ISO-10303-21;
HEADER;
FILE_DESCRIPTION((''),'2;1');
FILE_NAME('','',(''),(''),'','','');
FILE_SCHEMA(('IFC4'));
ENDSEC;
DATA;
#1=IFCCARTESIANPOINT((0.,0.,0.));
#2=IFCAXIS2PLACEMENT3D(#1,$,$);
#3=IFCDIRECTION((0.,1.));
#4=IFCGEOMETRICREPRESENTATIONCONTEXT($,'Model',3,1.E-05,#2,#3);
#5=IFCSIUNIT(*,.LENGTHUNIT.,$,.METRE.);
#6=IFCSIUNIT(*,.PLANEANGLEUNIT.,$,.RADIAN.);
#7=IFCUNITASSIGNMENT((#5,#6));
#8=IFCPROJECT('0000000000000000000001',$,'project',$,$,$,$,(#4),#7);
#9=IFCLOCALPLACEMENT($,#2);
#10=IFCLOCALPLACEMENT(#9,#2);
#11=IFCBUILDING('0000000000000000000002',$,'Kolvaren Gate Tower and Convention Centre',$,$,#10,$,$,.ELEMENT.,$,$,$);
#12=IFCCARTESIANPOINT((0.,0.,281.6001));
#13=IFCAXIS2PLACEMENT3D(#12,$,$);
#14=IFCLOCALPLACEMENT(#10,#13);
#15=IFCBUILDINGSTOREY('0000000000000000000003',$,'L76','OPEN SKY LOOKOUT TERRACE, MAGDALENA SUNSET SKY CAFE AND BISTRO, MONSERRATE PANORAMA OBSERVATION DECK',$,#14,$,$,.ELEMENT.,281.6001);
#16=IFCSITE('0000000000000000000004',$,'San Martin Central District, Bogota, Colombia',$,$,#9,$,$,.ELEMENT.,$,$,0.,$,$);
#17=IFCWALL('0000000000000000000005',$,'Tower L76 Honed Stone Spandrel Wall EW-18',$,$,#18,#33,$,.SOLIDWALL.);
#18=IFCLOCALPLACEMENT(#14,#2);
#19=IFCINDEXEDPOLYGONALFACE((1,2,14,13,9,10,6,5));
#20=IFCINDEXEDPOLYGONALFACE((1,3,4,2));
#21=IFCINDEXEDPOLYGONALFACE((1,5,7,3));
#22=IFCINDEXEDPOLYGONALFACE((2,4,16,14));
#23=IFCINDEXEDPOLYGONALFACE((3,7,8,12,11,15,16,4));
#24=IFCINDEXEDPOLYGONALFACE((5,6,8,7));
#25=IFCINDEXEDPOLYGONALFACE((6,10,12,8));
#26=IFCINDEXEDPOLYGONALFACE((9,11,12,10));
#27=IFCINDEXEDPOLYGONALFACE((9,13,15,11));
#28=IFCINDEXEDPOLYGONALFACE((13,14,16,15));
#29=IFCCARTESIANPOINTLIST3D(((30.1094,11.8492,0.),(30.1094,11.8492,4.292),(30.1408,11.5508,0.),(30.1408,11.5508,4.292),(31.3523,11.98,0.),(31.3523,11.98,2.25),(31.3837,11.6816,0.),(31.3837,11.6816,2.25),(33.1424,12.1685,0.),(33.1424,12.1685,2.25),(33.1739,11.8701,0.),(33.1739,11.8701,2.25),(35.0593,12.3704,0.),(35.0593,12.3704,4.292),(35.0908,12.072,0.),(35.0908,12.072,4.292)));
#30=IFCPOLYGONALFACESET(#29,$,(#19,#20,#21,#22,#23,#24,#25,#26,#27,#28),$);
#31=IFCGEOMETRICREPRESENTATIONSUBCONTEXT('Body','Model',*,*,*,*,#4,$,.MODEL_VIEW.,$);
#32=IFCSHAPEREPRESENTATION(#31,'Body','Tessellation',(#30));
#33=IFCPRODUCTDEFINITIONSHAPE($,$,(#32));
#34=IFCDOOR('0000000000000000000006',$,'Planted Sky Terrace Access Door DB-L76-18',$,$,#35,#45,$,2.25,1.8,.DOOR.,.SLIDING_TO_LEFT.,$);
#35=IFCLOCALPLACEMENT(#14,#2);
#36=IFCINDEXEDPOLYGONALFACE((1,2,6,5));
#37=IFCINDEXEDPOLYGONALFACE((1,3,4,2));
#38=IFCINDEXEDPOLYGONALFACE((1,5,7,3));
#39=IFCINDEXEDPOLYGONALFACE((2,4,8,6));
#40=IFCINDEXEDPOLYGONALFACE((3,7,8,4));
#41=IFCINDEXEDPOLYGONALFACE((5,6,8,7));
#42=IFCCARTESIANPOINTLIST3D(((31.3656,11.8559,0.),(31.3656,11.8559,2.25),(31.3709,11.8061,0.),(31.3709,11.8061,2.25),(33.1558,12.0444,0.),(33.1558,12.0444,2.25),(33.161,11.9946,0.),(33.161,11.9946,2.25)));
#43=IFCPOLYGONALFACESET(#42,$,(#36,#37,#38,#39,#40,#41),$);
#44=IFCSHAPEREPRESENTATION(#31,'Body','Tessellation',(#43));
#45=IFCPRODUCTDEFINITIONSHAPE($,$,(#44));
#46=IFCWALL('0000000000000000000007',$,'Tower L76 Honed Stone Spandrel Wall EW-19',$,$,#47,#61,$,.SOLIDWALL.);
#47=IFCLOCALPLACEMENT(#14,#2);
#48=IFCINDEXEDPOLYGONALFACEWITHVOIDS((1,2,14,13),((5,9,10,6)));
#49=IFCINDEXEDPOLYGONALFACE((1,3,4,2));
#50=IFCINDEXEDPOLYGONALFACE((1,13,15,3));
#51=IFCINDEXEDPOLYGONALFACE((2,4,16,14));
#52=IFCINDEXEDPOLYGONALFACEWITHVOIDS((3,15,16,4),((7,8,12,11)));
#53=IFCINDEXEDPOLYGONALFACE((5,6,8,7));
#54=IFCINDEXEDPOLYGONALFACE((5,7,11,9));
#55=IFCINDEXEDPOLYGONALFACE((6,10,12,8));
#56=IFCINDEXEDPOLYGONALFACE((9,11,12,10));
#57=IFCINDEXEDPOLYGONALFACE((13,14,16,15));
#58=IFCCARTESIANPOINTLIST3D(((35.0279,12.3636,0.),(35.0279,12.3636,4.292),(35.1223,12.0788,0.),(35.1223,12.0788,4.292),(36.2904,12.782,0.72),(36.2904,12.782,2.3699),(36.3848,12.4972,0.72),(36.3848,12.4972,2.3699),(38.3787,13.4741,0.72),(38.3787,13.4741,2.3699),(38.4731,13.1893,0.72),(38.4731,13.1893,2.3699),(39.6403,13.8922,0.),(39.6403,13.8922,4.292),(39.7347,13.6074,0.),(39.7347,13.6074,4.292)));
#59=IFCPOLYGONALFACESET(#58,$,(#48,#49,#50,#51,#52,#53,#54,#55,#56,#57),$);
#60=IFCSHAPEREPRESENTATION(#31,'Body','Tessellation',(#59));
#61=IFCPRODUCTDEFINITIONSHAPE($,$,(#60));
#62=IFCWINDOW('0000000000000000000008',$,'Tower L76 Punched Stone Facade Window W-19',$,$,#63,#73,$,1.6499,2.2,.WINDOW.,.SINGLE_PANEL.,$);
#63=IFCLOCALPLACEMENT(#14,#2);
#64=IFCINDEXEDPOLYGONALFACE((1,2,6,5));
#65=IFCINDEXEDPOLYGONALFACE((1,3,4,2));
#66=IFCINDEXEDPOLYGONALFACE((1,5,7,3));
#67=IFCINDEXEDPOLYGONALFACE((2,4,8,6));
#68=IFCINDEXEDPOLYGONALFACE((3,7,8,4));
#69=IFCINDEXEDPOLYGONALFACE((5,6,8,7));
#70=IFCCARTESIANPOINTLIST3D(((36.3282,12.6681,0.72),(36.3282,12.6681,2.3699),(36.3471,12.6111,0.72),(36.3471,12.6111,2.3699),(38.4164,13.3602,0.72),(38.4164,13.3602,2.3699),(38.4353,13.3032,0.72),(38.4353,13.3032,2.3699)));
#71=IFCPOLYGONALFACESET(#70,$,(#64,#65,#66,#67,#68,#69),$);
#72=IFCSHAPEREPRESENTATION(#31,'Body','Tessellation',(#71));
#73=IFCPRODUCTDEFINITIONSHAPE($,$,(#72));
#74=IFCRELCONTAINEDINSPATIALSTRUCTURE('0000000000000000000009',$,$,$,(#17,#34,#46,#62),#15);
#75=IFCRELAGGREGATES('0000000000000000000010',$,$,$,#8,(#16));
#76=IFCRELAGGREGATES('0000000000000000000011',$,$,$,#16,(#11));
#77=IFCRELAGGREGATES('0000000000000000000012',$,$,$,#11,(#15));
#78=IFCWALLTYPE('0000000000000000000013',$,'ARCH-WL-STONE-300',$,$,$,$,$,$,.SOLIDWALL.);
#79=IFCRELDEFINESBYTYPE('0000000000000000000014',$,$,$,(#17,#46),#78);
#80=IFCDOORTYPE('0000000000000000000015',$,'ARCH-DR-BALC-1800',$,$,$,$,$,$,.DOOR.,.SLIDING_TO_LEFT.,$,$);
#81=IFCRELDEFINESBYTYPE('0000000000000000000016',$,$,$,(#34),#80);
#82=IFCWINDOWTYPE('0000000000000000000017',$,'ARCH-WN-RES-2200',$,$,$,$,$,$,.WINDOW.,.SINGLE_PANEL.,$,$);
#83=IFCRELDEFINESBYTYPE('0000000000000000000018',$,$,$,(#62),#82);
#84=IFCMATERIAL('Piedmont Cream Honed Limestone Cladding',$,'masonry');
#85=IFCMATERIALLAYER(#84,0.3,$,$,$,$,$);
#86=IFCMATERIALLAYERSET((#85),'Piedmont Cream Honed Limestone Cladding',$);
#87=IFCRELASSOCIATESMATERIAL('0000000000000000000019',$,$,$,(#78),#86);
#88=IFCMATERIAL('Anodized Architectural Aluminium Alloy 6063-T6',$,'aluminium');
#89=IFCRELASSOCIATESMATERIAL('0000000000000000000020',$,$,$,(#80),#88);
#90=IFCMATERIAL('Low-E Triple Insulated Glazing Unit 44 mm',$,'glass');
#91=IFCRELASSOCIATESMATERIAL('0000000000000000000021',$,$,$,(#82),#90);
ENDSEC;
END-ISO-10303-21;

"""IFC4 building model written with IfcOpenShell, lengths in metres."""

from ifc_helpers import new_model, si_unit, direction, frame, frame_2d, origin, place, context, subcontext, project, spatial, rectangle, extrude, material, layer, layer_set, type_object, element, fill, save


model = new_model("IFC4")

# Units and contexts
model_context = context("Model", 3, precision=1e-05, world=origin(), true_north=direction((0.0, 1.0)))
body_context = subcontext(model_context, "Body", "Model", "MODEL_VIEW")
ifc_project = project(units=[si_unit("LENGTHUNIT", "METRE"), si_unit("PLANEANGLEUNIT", "RADIAN")], contexts=[model_context])

# Site, building, storey
site_placement = place(None, origin())
site = spatial("IfcSite", under=ifc_project, at=site_placement, Name="San Martin Central District, Bogota, Colombia", CompositionType="ELEMENT", RefElevation=0.0)
building_placement = place(site_placement, origin())
building = spatial("IfcBuilding", under=site, at=building_placement, Name="Kolvaren Gate Tower and Convention Centre", CompositionType="ELEMENT")
storey_placement = place(building_placement, frame((0.0, 0.0, 281.6001)))
storey = spatial("IfcBuildingStorey", under=building, at=storey_placement, Name="L76", Description="OPEN SKY LOOKOUT TERRACE, MAGDALENA SUNSET SKY CAFE AND BISTRO, MONSERRATE PANORAMA OBSERVATION DECK", CompositionType="ELEMENT", Elevation=281.6001)

# Shared definitions
ifc_material_1 = material(Name="Piedmont Cream Honed Limestone Cladding", Category="masonry")

# Wall, opening, door
ifc_layer_1 = layer(ifc_material_1, 0.3)
ifc_layer_set_1 = layer_set([ifc_layer_1], Name="Piedmont Cream Honed Limestone Cladding")
wall_type_1 = type_object("IfcWallType", Name="ARCH-WL-STONE-300", PredefinedType="SOLIDWALL", material=ifc_layer_set_1)
wall_1_placement = place(storey_placement, frame((30.125, 11.7, 0.0), z_axis=(0.0, 0.0, 1.0), x_axis=(0.994501, 0.104723, 0.0)))
wall_1 = element("IfcWall", 1, at=wall_1_placement, inside=storey, type_object=wall_type_1, Name="Tower L76 Honed Stone Spandrel Wall EW-18", PredefinedType="SOLIDWALL", context=body_context, shape_type="SweptSolid", body=[
    extrude(rectangle(XDim=4.9773, YDim=0.3, at=frame_2d((2.4888, 0.0))), origin(), (0.0, 0.0, 1.0), 4.292),
])
opening_1_placement = place(wall_1_placement, frame((1.25, 0.0, 0.0)))
opening_1 = element("IfcOpeningElement", 2, at=opening_1_placement, cuts=wall_1, PredefinedType="OPENING", context=body_context, shape_type="SweptSolid", body=[
    extrude(rectangle(XDim=1.8, YDim=2.25, at=frame_2d((0.8999, 1.125))), frame((0.0, 0.1599, 0.0), z_axis=(0.0, -1.0, 0.0), x_axis=(1.0, 0.0, 0.0)), (0.0, 0.0, 1.0), 0.3201),
])
ifc_material_2 = material(Name="Anodized Architectural Aluminium Alloy 6063-T6", Category="aluminium")
door_type = type_object("IfcDoorType", Name="ARCH-DR-BALC-1800", OperationType="SLIDING_TO_LEFT", PredefinedType="DOOR", material=ifc_material_2)
door_placement = place(opening_1_placement, frame((1.8, 0.0, 0.0), z_axis=(0.0, 0.0, 1.0), x_axis=(-1.0, 0.0, 0.0)))
door = element("IfcDoor", 3, at=door_placement, inside=storey, type_object=door_type, Name="Planted Sky Terrace Access Door DB-L76-18", OperationType="SLIDING_TO_LEFT", OverallHeight=2.25, OverallWidth=1.8, PredefinedType="DOOR", context=body_context, shape_type="SweptSolid", body=[
    extrude(rectangle(XDim=1.8, YDim=2.25, at=frame_2d((0.8999, 1.125))), frame((0.0, 0.0249, 0.0), z_axis=(0.0, -1.0, 0.0), x_axis=(1.0, 0.0, 0.0)), (0.0, 0.0, 1.0), 0.05),
])
fill(opening_1, door)

# Wall, opening, window
wall_2_placement = place(storey_placement, frame((35.075, 12.2212, 0.0), z_axis=(0.0, 0.0, 1.0), x_axis=(0.949235, 0.314569, 0.0)))
wall_2 = element("IfcWall", 4, at=wall_2_placement, inside=storey, type_object=wall_type_1, Name="Tower L76 Honed Stone Spandrel Wall EW-19", PredefinedType="SOLIDWALL", context=body_context, shape_type="SweptSolid", body=[
    extrude(rectangle(XDim=4.8591, YDim=0.3, at=frame_2d((2.4297, 0.0))), origin(), (0.0, 0.0, 1.0), 4.292),
])
opening_2_placement = place(wall_2_placement, frame((1.3301, 0.0, 0.72)))
opening_2 = element("IfcOpeningElement", 5, at=opening_2_placement, cuts=wall_2, PredefinedType="OPENING", context=body_context, shape_type="SweptSolid", body=[
    extrude(rectangle(XDim=2.2, YDim=1.6499, at=frame_2d((1.1001, 0.825))), frame((0.0, 0.1599, 0.0), z_axis=(0.0, -1.0, 0.0), x_axis=(1.0, 0.0, 0.0)), (0.0, 0.0, 1.0), 0.3201),
])
ifc_material_3 = material(Name="Low-E Triple Insulated Glazing Unit 44 mm", Category="glass")
window_type = type_object("IfcWindowType", Name="ARCH-WN-RES-2200", PartitioningType="SINGLE_PANEL", PredefinedType="WINDOW", material=ifc_material_3)
window_placement = place(opening_2_placement, origin())
window = element("IfcWindow", 6, at=window_placement, inside=storey, type_object=window_type, Name="Tower L76 Punched Stone Facade Window W-19", OverallHeight=1.6499, OverallWidth=2.2, PartitioningType="SINGLE_PANEL", PredefinedType="WINDOW", context=body_context, shape_type="SweptSolid", body=[
    extrude(rectangle(XDim=2.2, YDim=1.6499, at=frame_2d((1.1001, 0.825))), frame((0.0, 0.03, 0.0), z_axis=(0.0, -1.0, 0.0), x_axis=(1.0, 0.0, 0.0)), (0.0, 0.0, 1.0), 0.0601),
])
fill(opening_2, window)

save(model, "model.ifc")
